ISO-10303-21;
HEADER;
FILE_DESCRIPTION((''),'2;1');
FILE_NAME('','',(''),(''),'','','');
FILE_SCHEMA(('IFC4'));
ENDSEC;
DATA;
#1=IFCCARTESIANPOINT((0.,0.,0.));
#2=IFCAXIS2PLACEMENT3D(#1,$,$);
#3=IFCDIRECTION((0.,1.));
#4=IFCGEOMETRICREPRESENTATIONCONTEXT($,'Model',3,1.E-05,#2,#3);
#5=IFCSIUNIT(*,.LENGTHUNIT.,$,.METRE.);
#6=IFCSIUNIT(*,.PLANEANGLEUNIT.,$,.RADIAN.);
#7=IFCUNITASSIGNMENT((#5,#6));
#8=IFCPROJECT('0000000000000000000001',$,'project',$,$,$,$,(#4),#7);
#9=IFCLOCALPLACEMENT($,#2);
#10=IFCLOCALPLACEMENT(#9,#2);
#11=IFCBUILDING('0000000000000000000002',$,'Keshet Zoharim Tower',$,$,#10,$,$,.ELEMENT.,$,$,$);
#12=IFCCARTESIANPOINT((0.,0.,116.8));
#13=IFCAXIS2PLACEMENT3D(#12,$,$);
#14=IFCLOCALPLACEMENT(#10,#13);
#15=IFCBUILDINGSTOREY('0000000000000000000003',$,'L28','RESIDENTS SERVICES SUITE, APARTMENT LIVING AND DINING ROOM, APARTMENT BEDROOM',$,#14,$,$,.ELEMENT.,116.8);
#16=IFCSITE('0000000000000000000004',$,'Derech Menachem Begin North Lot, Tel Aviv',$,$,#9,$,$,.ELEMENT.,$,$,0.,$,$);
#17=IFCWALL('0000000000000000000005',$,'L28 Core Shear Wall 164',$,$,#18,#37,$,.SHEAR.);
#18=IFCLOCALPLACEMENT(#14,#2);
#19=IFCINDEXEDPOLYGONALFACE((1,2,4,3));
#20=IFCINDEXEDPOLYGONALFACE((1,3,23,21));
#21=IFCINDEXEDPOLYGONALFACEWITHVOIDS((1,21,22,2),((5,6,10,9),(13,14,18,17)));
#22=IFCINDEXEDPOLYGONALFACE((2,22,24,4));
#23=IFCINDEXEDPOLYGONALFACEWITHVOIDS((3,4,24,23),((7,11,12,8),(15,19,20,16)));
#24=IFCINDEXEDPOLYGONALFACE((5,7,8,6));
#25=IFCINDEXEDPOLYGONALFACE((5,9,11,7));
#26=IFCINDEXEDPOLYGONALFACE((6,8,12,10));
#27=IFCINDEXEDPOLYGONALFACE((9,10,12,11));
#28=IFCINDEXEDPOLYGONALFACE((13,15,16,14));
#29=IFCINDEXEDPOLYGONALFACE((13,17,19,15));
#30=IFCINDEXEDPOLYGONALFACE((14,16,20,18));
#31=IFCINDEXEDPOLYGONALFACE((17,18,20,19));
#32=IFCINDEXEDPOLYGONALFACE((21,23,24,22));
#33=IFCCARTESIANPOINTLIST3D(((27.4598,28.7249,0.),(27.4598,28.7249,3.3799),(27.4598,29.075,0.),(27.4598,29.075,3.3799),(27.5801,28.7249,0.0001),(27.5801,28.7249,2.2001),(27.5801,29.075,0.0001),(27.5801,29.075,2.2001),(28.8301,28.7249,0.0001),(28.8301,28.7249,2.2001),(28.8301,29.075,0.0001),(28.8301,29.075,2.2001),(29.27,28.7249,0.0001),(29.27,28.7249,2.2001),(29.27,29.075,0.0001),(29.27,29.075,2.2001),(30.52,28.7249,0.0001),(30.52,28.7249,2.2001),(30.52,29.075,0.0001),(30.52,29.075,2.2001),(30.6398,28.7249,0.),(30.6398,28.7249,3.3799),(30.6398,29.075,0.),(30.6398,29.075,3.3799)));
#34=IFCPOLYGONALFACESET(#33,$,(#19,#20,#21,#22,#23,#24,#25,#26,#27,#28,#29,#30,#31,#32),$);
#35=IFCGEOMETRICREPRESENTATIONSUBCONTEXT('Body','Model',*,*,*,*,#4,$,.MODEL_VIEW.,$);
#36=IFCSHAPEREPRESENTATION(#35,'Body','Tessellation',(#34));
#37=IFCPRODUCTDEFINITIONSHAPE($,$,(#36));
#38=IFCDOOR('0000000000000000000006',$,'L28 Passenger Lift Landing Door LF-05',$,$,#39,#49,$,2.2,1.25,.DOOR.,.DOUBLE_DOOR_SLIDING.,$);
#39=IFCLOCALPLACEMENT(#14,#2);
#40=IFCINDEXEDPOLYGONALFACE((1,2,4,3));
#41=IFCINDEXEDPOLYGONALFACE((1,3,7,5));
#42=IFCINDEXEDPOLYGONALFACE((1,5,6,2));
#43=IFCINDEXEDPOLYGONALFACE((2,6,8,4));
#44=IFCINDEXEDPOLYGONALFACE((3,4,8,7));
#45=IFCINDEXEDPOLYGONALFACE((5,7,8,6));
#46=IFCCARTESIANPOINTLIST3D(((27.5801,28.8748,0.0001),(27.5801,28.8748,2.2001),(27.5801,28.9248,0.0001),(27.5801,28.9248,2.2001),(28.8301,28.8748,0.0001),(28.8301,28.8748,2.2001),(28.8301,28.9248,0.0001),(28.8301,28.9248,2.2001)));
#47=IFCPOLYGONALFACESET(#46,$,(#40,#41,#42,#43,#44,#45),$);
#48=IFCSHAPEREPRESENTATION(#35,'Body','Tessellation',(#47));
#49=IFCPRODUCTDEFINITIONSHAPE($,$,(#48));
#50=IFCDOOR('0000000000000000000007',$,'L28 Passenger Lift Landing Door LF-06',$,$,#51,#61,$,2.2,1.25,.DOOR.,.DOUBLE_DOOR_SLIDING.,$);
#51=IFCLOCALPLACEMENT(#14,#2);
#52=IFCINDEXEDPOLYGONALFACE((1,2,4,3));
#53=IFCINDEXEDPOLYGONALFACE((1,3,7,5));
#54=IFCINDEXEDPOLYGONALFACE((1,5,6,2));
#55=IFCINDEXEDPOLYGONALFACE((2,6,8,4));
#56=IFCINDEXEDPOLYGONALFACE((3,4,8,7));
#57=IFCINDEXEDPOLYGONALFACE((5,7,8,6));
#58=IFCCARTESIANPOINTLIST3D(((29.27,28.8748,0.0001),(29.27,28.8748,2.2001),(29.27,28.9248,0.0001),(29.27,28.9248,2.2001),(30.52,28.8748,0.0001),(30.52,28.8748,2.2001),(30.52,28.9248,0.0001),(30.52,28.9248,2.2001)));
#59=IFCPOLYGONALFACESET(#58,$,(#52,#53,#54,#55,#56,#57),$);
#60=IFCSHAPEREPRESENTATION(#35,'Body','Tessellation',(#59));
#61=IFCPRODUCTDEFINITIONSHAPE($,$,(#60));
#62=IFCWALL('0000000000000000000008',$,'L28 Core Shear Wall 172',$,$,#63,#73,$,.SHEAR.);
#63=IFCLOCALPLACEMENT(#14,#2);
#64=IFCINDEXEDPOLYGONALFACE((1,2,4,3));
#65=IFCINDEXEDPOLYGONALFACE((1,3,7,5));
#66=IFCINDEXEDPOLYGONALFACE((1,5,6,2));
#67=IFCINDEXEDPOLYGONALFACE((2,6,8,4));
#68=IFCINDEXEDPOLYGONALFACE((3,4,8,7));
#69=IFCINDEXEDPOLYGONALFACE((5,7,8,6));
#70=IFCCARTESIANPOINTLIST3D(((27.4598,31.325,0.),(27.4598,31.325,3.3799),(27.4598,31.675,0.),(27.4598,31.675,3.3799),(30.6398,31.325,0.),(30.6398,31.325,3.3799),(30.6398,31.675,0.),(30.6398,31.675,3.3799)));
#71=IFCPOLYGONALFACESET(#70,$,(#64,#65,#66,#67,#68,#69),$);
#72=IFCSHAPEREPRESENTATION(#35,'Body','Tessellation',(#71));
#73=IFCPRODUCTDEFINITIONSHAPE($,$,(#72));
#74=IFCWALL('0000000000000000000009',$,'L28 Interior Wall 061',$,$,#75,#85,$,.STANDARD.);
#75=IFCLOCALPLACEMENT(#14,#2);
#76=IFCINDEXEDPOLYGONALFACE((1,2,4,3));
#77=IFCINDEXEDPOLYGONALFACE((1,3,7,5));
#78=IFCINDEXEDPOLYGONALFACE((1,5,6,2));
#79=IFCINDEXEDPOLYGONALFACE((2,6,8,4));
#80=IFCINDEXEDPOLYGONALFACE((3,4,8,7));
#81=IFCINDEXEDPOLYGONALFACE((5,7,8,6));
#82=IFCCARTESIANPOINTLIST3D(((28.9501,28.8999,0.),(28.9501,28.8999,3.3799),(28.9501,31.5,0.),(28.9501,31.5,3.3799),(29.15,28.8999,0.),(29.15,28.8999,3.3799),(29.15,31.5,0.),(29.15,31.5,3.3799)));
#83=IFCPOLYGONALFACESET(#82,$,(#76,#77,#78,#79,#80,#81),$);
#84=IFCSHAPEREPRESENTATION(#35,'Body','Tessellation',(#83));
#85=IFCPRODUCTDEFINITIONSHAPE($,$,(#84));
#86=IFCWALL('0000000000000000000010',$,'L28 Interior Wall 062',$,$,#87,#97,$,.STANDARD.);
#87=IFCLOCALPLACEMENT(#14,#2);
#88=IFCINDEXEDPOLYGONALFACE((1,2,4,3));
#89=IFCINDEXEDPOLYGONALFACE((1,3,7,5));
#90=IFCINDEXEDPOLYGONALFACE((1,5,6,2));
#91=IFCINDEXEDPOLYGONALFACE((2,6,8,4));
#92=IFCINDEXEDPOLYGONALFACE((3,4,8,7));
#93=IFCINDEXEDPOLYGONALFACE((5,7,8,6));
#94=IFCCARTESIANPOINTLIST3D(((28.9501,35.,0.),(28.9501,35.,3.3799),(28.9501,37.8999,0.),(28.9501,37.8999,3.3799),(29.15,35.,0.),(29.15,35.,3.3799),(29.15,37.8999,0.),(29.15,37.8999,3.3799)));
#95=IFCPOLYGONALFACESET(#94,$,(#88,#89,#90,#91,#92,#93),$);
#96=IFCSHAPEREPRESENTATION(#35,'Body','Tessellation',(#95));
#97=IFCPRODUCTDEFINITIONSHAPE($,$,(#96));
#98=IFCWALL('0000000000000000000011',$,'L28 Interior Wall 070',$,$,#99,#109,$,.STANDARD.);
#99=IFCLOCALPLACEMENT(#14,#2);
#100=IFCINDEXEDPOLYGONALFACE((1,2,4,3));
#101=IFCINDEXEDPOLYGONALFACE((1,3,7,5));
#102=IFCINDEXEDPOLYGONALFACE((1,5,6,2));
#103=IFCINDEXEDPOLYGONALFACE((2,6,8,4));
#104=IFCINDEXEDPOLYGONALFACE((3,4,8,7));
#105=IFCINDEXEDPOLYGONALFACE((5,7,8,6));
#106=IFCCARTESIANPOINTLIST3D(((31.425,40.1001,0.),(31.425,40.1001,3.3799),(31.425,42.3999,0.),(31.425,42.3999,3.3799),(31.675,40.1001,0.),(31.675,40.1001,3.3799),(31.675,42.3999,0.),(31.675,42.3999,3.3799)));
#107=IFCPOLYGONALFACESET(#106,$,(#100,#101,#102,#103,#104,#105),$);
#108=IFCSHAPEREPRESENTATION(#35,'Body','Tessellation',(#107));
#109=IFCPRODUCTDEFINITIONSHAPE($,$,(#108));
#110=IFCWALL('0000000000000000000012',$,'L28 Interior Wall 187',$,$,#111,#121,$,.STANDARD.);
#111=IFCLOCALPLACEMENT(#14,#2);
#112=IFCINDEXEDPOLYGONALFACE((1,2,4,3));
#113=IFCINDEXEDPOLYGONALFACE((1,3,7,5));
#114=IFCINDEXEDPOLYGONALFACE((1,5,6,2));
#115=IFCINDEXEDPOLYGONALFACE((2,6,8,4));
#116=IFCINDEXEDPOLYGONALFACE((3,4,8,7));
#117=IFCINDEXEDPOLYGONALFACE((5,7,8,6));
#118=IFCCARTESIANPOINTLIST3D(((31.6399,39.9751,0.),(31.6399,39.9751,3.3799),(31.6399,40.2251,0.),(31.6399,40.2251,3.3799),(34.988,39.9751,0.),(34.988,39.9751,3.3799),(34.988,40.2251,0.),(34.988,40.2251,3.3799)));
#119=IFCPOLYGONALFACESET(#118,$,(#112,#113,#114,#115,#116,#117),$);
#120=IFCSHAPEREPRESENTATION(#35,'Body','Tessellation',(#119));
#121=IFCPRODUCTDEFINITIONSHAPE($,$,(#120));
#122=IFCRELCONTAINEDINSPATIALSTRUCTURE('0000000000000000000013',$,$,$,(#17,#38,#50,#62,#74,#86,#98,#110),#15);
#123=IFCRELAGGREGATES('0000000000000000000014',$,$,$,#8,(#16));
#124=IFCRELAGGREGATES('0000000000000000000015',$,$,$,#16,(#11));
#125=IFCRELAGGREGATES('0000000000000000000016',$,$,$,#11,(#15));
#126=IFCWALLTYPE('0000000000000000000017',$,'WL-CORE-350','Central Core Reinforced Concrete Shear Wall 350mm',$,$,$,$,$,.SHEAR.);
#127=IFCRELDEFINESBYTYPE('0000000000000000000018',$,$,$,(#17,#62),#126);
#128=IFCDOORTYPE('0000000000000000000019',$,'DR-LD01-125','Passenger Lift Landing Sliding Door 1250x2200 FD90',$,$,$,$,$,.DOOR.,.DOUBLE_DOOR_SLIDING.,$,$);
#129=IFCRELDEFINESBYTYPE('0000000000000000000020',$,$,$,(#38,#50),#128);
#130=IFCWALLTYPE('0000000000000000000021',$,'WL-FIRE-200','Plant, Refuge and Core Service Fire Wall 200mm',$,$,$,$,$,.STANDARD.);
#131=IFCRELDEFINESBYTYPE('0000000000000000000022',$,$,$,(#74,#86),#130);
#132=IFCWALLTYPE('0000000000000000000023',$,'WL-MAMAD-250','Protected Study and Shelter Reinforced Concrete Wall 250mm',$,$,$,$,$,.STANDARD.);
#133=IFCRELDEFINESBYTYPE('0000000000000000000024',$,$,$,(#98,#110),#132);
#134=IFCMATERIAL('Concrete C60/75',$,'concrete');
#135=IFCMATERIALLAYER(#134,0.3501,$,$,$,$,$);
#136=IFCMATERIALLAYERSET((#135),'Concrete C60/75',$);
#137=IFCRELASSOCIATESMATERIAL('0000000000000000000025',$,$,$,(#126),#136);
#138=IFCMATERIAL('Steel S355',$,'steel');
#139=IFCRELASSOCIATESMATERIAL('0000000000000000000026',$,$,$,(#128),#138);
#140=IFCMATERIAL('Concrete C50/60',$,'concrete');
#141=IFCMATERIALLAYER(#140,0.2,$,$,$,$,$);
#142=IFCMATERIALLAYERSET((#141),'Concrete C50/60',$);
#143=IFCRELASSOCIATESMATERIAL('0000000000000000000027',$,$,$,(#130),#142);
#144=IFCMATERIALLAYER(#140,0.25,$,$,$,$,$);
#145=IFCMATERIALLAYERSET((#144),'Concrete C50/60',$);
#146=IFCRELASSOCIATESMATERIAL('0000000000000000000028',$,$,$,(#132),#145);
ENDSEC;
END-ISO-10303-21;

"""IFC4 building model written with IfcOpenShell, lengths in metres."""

from ifc_helpers import new_model, si_unit, direction, frame, frame_2d, origin, place, context, subcontext, project, spatial, rectangle, extrude, material, layer, layer_set, type_object, element, fill, save


model = new_model("IFC4")

# Units and contexts
model_context = context("Model", 3, precision=1e-05, world=origin(), true_north=direction((0.0, 1.0)))
body_context = subcontext(model_context, "Body", "Model", "MODEL_VIEW")
ifc_project = project(units=[si_unit("LENGTHUNIT", "METRE"), si_unit("PLANEANGLEUNIT", "RADIAN")], contexts=[model_context])

# Site, building, storey
site_placement = place(None, origin())
site = spatial("IfcSite", under=ifc_project, at=site_placement, Name="Derech Menachem Begin North Lot, Tel Aviv", CompositionType="ELEMENT", RefElevation=0.0)
building_placement = place(site_placement, origin())
building = spatial("IfcBuilding", under=site, at=building_placement, Name="Keshet Zoharim Tower", CompositionType="ELEMENT")
storey_placement = place(building_placement, frame((0.0, 0.0, 116.8)))
storey = spatial("IfcBuildingStorey", under=building, at=storey_placement, Name="L28", Description="RESIDENTS SERVICES SUITE, APARTMENT LIVING AND DINING ROOM, APARTMENT BEDROOM", CompositionType="ELEMENT", Elevation=116.8)

# Shared definitions
ifc_material_1 = material(Name="Concrete C60/75", Category="concrete")

# Shared definitions
ifc_material_2 = material(Name="Steel S355", Category="steel")

# Shared definitions
ifc_layer_1 = layer(ifc_material_1, 0.3501)
ifc_layer_set_1 = layer_set([ifc_layer_1], Name="Concrete C60/75")
wall_type_1 = type_object("IfcWallType", Name="WL-CORE-350", Description="Central Core Reinforced Concrete Shear Wall 350mm", PredefinedType="SHEAR", material=ifc_layer_set_1)

# Wall, openings, doors
wall_1_placement = place(storey_placement, frame((27.46, 28.8999, 0.0), z_axis=(0.0, 0.0, 1.0), x_axis=(1.0, 0.0, 0.0)))
wall_1 = element("IfcWall", 1, at=wall_1_placement, inside=storey, type_object=wall_type_1, Name="L28 Core Shear Wall 164", PredefinedType="SHEAR", context=body_context, shape_type="SweptSolid", body=[
    extrude(rectangle(XDim=3.1799, YDim=0.3501, at=frame_2d((1.5898, 0.0))), origin(), (0.0, 0.0, 1.0), 3.3799),
])
opening_1_placement = place(wall_1_placement, frame((0.1201, 0.0, 0.0)))
opening_1 = element("IfcOpeningElement", 2, at=opening_1_placement, cuts=wall_1, PredefinedType="OPENING", context=body_context, shape_type="SweptSolid", body=[
    extrude(rectangle(XDim=1.25, YDim=2.2, at=frame_2d((0.625, 1.1001))), frame((0.0, 0.1851, 0.0), z_axis=(0.0, -1.0, 0.0), x_axis=(1.0, 0.0, 0.0)), (0.0, 0.0, 1.0), 0.3701),
])
opening_2_placement = place(wall_1_placement, frame((1.8101, 0.0, 0.0)))
opening_2 = element("IfcOpeningElement", 3, at=opening_2_placement, cuts=wall_1, PredefinedType="OPENING", context=body_context, shape_type="SweptSolid", body=[
    extrude(rectangle(XDim=1.25, YDim=2.2, at=frame_2d((0.625, 1.1001))), frame((0.0, 0.1851, 0.0), z_axis=(0.0, -1.0, 0.0), x_axis=(1.0, 0.0, 0.0)), (0.0, 0.0, 1.0), 0.3701),
])
door_type_1 = type_object("IfcDoorType", Name="DR-LD01-125", Description="Passenger Lift Landing Sliding Door 1250x2200 FD90", OperationType="DOUBLE_DOOR_SLIDING", PredefinedType="DOOR", material=ifc_material_2)
door_1_placement = place(opening_1_placement, origin())
door_1 = element("IfcDoor", 4, at=door_1_placement, inside=storey, type_object=door_type_1, Name="L28 Passenger Lift Landing Door LF-05", OperationType="DOUBLE_DOOR_SLIDING", OverallHeight=2.2, OverallWidth=1.25, PredefinedType="DOOR", context=body_context, shape_type="SweptSolid", body=[
    extrude(rectangle(XDim=1.25, YDim=2.2, at=frame_2d((0.625, 1.1001))), frame((0.0, 0.0249, 0.0), z_axis=(0.0, -1.0, 0.0), x_axis=(1.0, 0.0, 0.0)), (0.0, 0.0, 1.0), 0.05),
])
fill(opening_1, door_1)
door_2_placement = place(opening_2_placement, origin())
door_2 = element("IfcDoor", 5, at=door_2_placement, inside=storey, type_object=door_type_1, Name="L28 Passenger Lift Landing Door LF-06", OperationType="DOUBLE_DOOR_SLIDING", OverallHeight=2.2, OverallWidth=1.25, PredefinedType="DOOR", context=body_context, shape_type="SweptSolid", body=[
    extrude(rectangle(XDim=1.25, YDim=2.2, at=frame_2d((0.625, 1.1001))), frame((0.0, 0.0249, 0.0), z_axis=(0.0, -1.0, 0.0), x_axis=(1.0, 0.0, 0.0)), (0.0, 0.0, 1.0), 0.05),
])
fill(opening_2, door_2)

# Walls
wall_2_placement = place(storey_placement, frame((27.46, 31.5, 0.0), z_axis=(0.0, 0.0, 1.0), x_axis=(1.0, 0.0, 0.0)))
element("IfcWall", 6, at=wall_2_placement, inside=storey, type_object=wall_type_1, Name="L28 Core Shear Wall 172", PredefinedType="SHEAR", context=body_context, shape_type="SweptSolid", body=[
    extrude(rectangle(XDim=3.1799, YDim=0.3501, at=frame_2d((1.5898, 0.0))), origin(), (0.0, 0.0, 1.0), 3.3799),
])
ifc_material_3 = material(Name="Concrete C50/60", Category="concrete")
ifc_layer_2 = layer(ifc_material_3, 0.2)
ifc_layer_set_2 = layer_set([ifc_layer_2], Name="Concrete C50/60")
wall_type_2 = type_object("IfcWallType", Name="WL-FIRE-200", Description="Plant, Refuge and Core Service Fire Wall 200mm", PredefinedType="STANDARD", material=ifc_layer_set_2)
wall_3_placement = place(storey_placement, frame((29.05, 28.8999, 0.0), z_axis=(0.0, 0.0, 1.0), x_axis=(0.0, 1.0, 0.0)))
element("IfcWall", 7, at=wall_3_placement, inside=storey, type_object=wall_type_2, Name="L28 Interior Wall 061", PredefinedType="STANDARD", context=body_context, shape_type="SweptSolid", body=[
    extrude(rectangle(XDim=2.6001, YDim=0.2, at=frame_2d((1.3, 0.0))), origin(), (0.0, 0.0, 1.0), 3.3799),
])
wall_4_placement = place(storey_placement, frame((29.05, 35.0, 0.0), z_axis=(0.0, 0.0, 1.0), x_axis=(0.0, 1.0, 0.0)))
element("IfcWall", 8, at=wall_4_placement, inside=storey, type_object=wall_type_2, Name="L28 Interior Wall 062", PredefinedType="STANDARD", context=body_context, shape_type="SweptSolid", body=[
    extrude(rectangle(XDim=2.8999, YDim=0.2, at=frame_2d((1.45, 0.0))), origin(), (0.0, 0.0, 1.0), 3.3799),
])
ifc_layer_3 = layer(ifc_material_3, 0.25)
ifc_layer_set_3 = layer_set([ifc_layer_3], Name="Concrete C50/60")
wall_type_3 = type_object("IfcWallType", Name="WL-MAMAD-250", Description="Protected Study and Shelter Reinforced Concrete Wall 250mm", PredefinedType="STANDARD", material=ifc_layer_set_3)
wall_5_placement = place(storey_placement, frame((31.55, 40.1001, 0.0), z_axis=(0.0, 0.0, 1.0), x_axis=(0.0, 1.0, 0.0)))
element("IfcWall", 9, at=wall_5_placement, inside=storey, type_object=wall_type_3, Name="L28 Interior Wall 070", PredefinedType="STANDARD", context=body_context, shape_type="SweptSolid", body=[
    extrude(rectangle(XDim=2.2998, YDim=0.25, at=frame_2d((1.1499, 0.0))), origin(), (0.0, 0.0, 1.0), 3.3799),
])
wall_6_placement = place(storey_placement, frame((31.6399, 40.1001, 0.0), z_axis=(0.0, 0.0, 1.0), x_axis=(1.0, 0.0, 0.0)))
element("IfcWall", 10, at=wall_6_placement, inside=storey, type_object=wall_type_3, Name="L28 Interior Wall 187", PredefinedType="STANDARD", context=body_context, shape_type="SweptSolid", body=[
    extrude(rectangle(XDim=3.3481, YDim=0.25, at=frame_2d((1.6741, 0.0))), origin(), (0.0, 0.0, 1.0), 3.3799),
])

save(model, "model.ifc")
